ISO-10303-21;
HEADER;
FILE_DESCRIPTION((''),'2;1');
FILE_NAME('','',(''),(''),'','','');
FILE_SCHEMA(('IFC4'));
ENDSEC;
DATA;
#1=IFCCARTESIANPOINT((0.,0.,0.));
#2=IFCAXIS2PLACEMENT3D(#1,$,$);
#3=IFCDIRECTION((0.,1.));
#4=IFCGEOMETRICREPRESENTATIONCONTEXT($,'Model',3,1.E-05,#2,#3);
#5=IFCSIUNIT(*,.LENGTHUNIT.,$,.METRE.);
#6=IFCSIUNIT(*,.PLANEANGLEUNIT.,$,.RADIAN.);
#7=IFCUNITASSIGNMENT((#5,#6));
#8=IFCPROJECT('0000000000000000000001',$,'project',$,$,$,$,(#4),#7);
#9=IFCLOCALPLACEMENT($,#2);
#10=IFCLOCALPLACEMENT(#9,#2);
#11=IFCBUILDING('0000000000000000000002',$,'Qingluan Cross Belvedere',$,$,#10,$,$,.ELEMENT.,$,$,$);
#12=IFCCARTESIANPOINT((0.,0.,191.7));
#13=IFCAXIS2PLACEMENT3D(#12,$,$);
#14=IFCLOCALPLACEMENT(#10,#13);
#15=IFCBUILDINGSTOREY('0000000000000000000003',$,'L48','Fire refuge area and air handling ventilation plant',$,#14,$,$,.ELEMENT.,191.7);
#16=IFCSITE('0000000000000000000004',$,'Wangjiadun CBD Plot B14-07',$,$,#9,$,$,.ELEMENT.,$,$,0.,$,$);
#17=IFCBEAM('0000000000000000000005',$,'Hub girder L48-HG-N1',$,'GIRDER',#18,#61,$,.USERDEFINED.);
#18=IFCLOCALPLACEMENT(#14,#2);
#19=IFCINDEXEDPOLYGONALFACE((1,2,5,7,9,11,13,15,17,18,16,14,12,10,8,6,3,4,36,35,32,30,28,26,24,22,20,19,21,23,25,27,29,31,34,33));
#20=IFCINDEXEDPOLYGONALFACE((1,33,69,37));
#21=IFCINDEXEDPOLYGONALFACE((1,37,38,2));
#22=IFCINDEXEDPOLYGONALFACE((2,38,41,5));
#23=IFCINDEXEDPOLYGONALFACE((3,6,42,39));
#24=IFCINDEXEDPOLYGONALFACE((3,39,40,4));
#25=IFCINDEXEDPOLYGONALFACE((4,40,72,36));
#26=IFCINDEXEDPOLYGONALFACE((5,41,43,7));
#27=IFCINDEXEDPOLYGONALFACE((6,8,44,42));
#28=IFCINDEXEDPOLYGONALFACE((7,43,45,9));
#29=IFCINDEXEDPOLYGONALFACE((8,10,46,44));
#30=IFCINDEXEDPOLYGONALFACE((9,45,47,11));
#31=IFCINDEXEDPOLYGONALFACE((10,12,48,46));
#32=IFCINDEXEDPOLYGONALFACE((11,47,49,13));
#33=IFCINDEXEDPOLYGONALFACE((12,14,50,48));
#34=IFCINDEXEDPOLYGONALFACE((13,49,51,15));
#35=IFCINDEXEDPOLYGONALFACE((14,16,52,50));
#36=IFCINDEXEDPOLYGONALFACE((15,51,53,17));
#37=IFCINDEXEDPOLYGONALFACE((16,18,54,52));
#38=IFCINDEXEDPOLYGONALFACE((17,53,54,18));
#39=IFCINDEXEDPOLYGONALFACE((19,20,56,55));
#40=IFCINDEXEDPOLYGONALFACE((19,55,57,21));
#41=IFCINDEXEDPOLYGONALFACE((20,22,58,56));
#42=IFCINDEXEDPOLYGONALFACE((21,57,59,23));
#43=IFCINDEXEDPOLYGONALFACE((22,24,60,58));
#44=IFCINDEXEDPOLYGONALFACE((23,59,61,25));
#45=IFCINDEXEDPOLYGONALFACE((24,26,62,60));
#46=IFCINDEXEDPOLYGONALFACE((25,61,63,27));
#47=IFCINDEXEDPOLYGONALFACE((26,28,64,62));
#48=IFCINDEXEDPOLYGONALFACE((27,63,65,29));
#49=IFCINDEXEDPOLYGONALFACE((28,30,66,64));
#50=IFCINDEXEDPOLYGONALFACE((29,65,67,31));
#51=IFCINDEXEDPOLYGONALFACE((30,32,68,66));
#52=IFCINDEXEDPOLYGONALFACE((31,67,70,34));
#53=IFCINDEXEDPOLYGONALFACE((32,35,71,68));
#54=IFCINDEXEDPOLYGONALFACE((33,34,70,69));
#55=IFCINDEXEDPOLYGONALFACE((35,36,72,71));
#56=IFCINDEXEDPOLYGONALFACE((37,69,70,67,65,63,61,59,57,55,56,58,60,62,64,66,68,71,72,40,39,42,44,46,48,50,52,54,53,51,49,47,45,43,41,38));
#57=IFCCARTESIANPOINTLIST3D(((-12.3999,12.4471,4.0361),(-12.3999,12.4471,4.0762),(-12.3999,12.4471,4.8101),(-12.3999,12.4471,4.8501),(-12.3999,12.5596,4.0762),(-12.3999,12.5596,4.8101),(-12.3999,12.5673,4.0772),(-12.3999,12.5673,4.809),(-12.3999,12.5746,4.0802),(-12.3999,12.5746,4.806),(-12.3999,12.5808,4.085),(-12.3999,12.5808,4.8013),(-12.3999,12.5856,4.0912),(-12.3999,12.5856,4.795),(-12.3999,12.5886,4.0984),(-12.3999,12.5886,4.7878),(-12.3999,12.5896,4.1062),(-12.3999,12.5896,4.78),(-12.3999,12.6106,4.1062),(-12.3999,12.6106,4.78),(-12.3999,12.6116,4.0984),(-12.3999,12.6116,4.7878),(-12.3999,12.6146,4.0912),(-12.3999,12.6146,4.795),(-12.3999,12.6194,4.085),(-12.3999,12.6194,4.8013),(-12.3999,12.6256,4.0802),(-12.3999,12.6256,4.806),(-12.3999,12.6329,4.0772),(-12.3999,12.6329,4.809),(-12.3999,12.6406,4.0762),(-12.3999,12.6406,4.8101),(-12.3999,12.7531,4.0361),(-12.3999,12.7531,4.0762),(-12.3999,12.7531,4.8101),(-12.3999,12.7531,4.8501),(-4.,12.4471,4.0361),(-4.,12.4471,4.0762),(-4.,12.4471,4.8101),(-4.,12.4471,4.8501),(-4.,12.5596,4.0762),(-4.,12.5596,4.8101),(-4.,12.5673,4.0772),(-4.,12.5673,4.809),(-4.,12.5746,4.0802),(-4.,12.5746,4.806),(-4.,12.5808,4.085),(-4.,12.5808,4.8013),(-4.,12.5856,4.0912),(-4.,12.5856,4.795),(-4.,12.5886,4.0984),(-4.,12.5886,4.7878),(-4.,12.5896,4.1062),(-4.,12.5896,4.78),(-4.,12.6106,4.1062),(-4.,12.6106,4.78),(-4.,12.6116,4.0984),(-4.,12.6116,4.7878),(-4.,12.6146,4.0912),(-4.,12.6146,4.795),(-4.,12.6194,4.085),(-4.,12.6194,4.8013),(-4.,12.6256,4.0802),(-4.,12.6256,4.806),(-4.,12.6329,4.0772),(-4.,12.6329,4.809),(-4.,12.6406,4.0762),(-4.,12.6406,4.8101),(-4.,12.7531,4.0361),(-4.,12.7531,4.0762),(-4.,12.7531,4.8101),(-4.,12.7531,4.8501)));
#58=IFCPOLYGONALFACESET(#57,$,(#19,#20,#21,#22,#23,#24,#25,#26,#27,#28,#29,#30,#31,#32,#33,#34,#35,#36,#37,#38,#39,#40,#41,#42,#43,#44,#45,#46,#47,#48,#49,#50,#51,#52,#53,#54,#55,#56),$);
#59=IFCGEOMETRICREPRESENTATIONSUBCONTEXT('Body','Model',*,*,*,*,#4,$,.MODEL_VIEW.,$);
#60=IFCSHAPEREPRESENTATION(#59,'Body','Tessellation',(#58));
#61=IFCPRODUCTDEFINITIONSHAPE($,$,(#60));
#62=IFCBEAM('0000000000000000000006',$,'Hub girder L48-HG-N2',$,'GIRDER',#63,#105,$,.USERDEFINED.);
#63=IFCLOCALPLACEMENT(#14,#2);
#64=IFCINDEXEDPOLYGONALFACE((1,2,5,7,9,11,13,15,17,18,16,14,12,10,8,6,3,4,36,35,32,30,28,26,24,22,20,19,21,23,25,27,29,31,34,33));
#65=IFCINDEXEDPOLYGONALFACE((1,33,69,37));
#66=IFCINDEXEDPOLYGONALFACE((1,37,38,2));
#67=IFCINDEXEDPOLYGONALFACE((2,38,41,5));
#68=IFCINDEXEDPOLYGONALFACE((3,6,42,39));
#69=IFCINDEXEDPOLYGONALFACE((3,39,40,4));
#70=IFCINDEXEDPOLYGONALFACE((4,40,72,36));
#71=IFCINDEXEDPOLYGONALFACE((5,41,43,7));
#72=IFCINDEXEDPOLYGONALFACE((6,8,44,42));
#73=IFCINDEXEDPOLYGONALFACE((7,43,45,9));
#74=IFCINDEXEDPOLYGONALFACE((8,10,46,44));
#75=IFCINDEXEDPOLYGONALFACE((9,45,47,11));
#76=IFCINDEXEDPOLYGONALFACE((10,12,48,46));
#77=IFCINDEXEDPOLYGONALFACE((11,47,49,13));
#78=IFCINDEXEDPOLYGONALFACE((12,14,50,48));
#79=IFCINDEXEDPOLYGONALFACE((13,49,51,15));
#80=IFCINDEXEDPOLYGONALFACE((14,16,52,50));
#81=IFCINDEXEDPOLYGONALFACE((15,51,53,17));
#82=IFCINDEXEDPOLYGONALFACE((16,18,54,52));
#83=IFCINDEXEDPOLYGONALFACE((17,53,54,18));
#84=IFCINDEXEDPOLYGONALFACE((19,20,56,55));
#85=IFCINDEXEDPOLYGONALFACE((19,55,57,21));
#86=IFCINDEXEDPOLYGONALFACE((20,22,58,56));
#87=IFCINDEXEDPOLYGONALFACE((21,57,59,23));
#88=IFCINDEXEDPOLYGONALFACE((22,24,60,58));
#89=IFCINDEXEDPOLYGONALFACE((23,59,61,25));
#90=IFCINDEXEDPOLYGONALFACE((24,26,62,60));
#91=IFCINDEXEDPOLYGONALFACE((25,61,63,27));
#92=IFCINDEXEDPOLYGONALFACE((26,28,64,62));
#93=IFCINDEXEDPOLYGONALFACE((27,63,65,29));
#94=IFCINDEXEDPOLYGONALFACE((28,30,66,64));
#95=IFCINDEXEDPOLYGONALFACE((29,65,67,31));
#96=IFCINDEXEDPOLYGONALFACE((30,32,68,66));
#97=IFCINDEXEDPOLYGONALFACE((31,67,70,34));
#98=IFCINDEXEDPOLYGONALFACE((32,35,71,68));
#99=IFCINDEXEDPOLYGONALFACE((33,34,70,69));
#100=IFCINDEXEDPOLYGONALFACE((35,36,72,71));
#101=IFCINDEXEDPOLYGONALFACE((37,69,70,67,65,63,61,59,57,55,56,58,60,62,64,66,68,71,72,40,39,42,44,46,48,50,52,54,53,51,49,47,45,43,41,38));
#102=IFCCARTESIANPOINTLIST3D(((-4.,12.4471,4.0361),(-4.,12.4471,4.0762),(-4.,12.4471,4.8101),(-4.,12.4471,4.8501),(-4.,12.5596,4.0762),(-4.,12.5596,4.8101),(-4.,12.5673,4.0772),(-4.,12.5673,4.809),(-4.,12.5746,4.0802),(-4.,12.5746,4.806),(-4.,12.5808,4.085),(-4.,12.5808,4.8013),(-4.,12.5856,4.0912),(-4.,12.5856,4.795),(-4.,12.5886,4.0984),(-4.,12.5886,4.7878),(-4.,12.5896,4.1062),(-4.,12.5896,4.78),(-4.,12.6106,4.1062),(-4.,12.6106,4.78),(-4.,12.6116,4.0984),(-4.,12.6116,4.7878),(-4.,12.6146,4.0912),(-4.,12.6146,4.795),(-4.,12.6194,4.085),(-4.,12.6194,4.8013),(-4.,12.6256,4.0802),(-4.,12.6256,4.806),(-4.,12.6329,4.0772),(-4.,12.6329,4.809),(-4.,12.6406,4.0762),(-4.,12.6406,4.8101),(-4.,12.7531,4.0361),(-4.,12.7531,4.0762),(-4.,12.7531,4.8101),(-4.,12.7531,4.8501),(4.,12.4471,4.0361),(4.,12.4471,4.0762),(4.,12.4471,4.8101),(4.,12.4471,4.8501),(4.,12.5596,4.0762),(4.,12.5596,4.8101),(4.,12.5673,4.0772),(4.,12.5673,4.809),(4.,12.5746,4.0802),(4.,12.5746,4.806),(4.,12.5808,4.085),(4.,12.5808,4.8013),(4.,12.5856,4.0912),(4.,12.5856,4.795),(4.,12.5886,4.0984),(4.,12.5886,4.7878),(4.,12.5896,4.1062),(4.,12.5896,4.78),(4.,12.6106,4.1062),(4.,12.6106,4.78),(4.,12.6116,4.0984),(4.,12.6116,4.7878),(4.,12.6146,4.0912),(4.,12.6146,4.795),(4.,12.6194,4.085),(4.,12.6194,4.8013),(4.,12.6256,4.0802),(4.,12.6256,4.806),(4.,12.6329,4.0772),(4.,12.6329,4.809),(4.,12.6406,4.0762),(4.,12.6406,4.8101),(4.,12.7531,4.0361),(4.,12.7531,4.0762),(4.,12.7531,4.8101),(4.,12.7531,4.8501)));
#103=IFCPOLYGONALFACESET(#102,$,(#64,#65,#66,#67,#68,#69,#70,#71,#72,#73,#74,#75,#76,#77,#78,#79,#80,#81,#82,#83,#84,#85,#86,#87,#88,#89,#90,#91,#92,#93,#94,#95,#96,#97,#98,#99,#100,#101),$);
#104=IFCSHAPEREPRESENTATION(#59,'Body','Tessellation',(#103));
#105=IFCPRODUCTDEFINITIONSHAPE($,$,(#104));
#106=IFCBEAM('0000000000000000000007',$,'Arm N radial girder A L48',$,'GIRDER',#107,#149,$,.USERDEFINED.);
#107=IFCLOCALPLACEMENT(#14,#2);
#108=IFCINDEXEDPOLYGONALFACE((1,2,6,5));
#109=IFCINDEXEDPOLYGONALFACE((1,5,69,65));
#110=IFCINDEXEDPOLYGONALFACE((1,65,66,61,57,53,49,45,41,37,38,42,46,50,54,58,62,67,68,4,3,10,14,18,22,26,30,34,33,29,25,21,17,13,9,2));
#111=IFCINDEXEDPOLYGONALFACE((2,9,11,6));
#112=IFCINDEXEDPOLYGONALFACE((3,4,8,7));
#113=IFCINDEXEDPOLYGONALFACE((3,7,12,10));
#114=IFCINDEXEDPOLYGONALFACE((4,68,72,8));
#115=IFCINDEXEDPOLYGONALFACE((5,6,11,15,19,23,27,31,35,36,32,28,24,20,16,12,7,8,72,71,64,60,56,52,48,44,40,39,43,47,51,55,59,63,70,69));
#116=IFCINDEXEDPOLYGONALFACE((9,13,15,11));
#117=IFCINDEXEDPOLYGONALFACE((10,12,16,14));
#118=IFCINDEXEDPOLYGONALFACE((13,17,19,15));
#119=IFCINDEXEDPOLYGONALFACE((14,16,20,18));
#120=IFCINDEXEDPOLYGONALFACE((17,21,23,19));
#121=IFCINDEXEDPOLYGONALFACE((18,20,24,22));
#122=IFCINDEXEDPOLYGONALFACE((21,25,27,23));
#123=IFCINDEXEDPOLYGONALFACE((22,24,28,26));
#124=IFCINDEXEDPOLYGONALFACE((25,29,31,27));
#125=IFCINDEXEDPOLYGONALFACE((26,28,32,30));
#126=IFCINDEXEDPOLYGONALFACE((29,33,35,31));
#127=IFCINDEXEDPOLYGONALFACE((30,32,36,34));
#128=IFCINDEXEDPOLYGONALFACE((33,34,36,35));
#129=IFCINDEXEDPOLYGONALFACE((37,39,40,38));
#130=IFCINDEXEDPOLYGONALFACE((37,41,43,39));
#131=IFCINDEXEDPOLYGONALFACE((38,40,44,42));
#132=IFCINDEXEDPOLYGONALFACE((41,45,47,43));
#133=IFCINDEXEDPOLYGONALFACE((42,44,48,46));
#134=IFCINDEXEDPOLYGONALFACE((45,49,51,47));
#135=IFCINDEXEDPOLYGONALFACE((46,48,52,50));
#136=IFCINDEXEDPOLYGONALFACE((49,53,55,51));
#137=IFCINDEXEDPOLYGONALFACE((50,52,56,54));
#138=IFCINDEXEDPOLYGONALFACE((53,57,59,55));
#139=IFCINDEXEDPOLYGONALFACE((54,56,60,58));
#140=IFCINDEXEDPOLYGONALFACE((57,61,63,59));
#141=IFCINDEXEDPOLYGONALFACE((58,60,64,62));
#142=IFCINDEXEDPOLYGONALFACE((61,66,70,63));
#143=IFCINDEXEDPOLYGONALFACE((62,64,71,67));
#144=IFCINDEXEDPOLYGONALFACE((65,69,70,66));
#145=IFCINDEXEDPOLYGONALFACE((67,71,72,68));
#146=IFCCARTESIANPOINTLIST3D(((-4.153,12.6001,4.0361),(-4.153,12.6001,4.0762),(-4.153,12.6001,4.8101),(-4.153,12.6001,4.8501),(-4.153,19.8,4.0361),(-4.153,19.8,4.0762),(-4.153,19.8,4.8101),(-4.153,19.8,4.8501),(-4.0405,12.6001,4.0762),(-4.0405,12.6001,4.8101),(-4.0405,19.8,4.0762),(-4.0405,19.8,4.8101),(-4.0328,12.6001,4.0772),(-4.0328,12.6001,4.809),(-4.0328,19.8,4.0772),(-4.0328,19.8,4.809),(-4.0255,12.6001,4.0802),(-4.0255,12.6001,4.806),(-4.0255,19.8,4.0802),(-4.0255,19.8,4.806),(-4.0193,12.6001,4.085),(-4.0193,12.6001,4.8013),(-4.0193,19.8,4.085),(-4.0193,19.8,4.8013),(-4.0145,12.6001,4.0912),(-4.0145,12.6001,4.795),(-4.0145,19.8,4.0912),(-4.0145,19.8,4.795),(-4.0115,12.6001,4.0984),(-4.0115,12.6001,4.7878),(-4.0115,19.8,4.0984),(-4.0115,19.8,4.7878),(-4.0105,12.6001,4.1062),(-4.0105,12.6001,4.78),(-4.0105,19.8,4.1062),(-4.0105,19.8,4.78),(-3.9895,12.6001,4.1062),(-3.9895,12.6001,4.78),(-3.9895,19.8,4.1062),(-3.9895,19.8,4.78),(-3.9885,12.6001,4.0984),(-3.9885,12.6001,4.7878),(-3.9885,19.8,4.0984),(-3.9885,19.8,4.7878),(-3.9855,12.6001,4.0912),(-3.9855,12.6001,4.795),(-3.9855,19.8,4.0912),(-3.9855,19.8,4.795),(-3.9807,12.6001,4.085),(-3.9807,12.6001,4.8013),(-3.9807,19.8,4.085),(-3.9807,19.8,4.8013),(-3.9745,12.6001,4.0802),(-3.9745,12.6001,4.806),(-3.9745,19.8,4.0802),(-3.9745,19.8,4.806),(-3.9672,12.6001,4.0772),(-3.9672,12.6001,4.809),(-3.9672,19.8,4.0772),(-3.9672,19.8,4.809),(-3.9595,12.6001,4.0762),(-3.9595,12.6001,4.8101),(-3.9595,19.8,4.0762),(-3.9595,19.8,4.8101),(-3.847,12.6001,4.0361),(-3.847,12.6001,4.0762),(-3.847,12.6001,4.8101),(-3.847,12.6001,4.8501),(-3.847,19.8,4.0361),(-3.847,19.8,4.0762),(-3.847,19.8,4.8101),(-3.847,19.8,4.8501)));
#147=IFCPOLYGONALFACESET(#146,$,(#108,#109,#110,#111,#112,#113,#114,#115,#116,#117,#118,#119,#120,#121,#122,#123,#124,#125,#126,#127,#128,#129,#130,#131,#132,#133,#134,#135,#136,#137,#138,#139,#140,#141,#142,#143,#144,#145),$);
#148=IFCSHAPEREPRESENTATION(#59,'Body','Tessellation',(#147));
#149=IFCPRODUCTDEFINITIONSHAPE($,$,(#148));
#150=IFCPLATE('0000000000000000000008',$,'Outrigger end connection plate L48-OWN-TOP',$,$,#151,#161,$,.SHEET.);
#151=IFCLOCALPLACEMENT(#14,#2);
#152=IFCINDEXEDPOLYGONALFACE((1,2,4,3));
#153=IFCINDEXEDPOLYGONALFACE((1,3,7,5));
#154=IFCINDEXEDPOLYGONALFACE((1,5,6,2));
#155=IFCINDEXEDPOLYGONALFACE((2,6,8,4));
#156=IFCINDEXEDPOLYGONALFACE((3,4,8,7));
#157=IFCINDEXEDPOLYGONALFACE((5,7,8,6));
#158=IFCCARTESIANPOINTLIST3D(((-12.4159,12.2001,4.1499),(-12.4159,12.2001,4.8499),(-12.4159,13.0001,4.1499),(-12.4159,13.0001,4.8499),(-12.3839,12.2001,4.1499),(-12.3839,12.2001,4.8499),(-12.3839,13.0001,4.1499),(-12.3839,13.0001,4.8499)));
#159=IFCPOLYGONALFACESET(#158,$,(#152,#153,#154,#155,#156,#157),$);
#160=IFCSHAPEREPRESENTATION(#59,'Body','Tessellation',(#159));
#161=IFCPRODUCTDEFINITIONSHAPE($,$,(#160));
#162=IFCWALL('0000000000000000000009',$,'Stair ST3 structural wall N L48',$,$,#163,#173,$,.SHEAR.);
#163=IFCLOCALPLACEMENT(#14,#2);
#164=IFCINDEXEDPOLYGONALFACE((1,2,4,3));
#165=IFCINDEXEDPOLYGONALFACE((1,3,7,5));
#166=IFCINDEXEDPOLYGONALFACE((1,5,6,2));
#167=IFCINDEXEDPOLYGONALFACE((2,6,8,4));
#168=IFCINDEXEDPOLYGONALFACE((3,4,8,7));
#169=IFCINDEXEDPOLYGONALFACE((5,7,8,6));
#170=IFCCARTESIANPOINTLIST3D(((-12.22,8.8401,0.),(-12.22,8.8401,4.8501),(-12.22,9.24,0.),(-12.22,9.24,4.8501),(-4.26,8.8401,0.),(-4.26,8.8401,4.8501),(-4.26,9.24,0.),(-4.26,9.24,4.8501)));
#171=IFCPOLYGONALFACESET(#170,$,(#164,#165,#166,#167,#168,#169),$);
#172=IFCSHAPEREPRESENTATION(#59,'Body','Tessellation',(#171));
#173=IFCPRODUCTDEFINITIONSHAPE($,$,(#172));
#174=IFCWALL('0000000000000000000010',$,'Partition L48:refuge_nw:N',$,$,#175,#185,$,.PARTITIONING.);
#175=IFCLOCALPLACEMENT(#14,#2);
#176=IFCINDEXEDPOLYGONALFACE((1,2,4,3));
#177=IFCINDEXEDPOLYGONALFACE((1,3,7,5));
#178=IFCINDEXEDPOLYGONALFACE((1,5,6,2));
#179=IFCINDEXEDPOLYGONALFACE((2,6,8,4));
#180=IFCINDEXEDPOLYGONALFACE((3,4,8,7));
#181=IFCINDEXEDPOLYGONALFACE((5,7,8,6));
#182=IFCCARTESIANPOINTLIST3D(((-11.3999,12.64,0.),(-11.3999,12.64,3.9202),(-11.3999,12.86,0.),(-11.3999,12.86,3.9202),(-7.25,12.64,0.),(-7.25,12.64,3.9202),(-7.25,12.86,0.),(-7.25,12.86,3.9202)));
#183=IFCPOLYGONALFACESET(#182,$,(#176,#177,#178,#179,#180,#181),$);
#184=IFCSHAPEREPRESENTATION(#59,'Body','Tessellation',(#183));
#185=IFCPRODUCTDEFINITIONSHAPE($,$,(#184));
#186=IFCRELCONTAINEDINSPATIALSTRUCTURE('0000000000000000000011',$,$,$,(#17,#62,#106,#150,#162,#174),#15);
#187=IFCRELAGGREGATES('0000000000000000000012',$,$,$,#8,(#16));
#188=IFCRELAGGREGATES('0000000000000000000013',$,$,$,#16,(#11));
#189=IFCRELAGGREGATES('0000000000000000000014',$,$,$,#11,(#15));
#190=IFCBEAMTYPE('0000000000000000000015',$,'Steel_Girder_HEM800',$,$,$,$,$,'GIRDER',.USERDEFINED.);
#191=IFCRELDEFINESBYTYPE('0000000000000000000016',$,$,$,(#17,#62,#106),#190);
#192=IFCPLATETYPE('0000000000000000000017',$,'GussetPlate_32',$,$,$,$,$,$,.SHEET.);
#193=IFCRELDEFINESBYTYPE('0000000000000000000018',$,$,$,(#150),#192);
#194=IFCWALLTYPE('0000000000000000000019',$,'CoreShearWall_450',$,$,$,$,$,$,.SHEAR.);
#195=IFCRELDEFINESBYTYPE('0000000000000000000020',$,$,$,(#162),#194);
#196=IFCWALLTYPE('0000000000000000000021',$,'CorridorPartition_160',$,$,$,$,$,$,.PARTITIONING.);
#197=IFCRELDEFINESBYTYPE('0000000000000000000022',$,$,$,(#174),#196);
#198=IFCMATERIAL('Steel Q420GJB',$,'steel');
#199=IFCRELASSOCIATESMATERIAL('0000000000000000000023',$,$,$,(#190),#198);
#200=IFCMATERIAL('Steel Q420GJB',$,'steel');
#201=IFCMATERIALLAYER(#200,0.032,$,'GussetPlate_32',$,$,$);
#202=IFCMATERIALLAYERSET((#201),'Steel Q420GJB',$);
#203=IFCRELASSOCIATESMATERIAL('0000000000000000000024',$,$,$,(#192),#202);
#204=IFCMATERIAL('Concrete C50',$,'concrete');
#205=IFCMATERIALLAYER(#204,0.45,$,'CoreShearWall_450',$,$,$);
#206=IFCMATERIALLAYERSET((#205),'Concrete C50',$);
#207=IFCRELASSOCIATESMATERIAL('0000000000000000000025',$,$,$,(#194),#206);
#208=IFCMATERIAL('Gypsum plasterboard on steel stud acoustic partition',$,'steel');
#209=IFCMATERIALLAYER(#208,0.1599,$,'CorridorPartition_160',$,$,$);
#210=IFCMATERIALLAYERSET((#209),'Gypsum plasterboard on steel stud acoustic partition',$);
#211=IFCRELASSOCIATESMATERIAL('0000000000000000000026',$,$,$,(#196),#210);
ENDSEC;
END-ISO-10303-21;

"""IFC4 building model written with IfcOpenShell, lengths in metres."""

from ifc_helpers import new_model, si_unit, direction, frame, frame_2d, origin, origin_2d, place, context, subcontext, project, spatial, rectangle, i_section, extrude, material, layer, layer_set, material_profile, profile_set, type_object, element, save


model = new_model("IFC4")

# Units and contexts
model_context = context("Model", 3, precision=1e-05, world=origin(), true_north=direction((0.0, 1.0)))
body_context = subcontext(model_context, "Body", "Model", "MODEL_VIEW")
ifc_project = project(units=[si_unit("LENGTHUNIT", "METRE"), si_unit("PLANEANGLEUNIT", "RADIAN")], contexts=[model_context])

# Site, building, storey
site_placement = place(None, origin())
site = spatial("IfcSite", under=ifc_project, at=site_placement, Name="Wangjiadun CBD Plot B14-07", CompositionType="ELEMENT", RefElevation=0.0)
building_placement = place(site_placement, origin())
building = spatial("IfcBuilding", under=site, at=building_placement, Name="Qingluan Cross Belvedere", CompositionType="ELEMENT")
storey_placement = place(building_placement, frame((0.0, 0.0, 191.7)))
storey = spatial("IfcBuildingStorey", under=building, at=storey_placement, Name="L48", Description="Fire refuge area and air handling ventilation plant", CompositionType="ELEMENT", Elevation=191.7)

# Beams
ifc_material_1 = material(Name="Steel Q420GJB", Category="steel")
ifc_material_profile_1 = material_profile(ifc_material_1, i_section(OverallWidth=0.3059, OverallDepth=0.814, WebThickness=0.021, FlangeThickness=0.04, FilletRadius=0.03, at=origin_2d()), Name="HEM800")
ifc_profile_set_1 = profile_set([ifc_material_profile_1], Name="Steel Q420GJB")
beam_type_1 = type_object("IfcBeamType", Name="Steel_Girder_HEM800", ElementType="GIRDER", PredefinedType="USERDEFINED", material=ifc_profile_set_1)
beam_1_placement = place(storey_placement, frame((-12.3999, 12.6001, 4.4431), z_axis=(1.0, 0.0, 0.0), x_axis=(0.0, 1.0, 0.0)))
element("IfcBeam", 1, at=beam_1_placement, inside=storey, type_object=beam_type_1, Name="Hub girder L48-HG-N1", ObjectType="GIRDER", PredefinedType="USERDEFINED", context=body_context, shape_type="SweptSolid", body=[
    extrude(i_section(OverallWidth=0.3059, OverallDepth=0.814, WebThickness=0.021, FlangeThickness=0.04, FilletRadius=0.03, at=origin_2d()), origin(), (0.0, 0.0, 1.0), 8.3999),
])
beam_2_placement = place(storey_placement, frame((-4.0, 12.6001, 4.4431), z_axis=(1.0, 0.0, 0.0), x_axis=(0.0, 1.0, 0.0)))
element("IfcBeam", 2, at=beam_2_placement, inside=storey, type_object=beam_type_1, Name="Hub girder L48-HG-N2", ObjectType="GIRDER", PredefinedType="USERDEFINED", context=body_context, shape_type="SweptSolid", body=[
    extrude(i_section(OverallWidth=0.3059, OverallDepth=0.814, WebThickness=0.021, FlangeThickness=0.04, FilletRadius=0.03, at=origin_2d()), origin(), (0.0, 0.0, 1.0), 8.0),
])
beam_3_placement = place(storey_placement, frame((-4.0, 12.6001, 4.4431), z_axis=(0.0, 1.0, 0.0), x_axis=(-1.0, 0.0, 0.0)))
element("IfcBeam", 3, at=beam_3_placement, inside=storey, type_object=beam_type_1, Name="Arm N radial girder A L48", ObjectType="GIRDER", PredefinedType="USERDEFINED", context=body_context, shape_type="SweptSolid", body=[
    extrude(i_section(OverallWidth=0.3059, OverallDepth=0.814, WebThickness=0.021, FlangeThickness=0.04, FilletRadius=0.03, at=origin_2d()), origin(), (0.0, 0.0, 1.0), 7.2),
])

# Plate
ifc_material_2 = material(Name="Steel Q420GJB", Category="steel")
ifc_layer_1 = layer(ifc_material_2, 0.032, Name="GussetPlate_32")
ifc_layer_set_1 = layer_set([ifc_layer_1], Name="Steel Q420GJB")
plate_type = type_object("IfcPlateType", Name="GussetPlate_32", PredefinedType="SHEET", material=ifc_layer_set_1)
plate_placement = place(storey_placement, frame((-12.3999, 12.6001, 4.1499), z_axis=(0.0, 0.0, 1.0), x_axis=(0.0, 1.0, 0.0)))
element("IfcPlate", 4, at=plate_placement, inside=storey, type_object=plate_type, Name="Outrigger end connection plate L48-OWN-TOP", PredefinedType="SHEET", context=body_context, shape_type="SweptSolid", body=[
    extrude(rectangle(XDim=0.8, YDim=0.032, at=origin_2d()), origin(), (0.0, 0.0, 1.0), 0.7),
])

# Wall
ifc_material_3 = material(Name="Concrete C50", Category="concrete")
ifc_layer_2 = layer(ifc_material_3, 0.45, Name="CoreShearWall_450")
ifc_layer_set_2 = layer_set([ifc_layer_2], Name="Concrete C50")
wall_type_1 = type_object("IfcWallType", Name="CoreShearWall_450", PredefinedType="SHEAR", material=ifc_layer_set_2)
wall_1_placement = place(storey_placement, frame((-12.22, 9.04, 0.0), z_axis=(0.0, 0.0, 1.0), x_axis=(1.0, 0.0, 0.0)))
element("IfcWall", 5, at=wall_1_placement, inside=storey, type_object=wall_type_1, Name="Stair ST3 structural wall N L48", PredefinedType="SHEAR", context=body_context, shape_type="SweptSolid", body=[
    extrude(rectangle(XDim=7.96, YDim=0.3999, at=frame_2d((3.98, 0.0))), origin(), (0.0, 0.0, 1.0), 4.8501),
])

# Shared definitions
ifc_material_4 = material(Name="Gypsum plasterboard on steel stud acoustic partition", Category="steel")
ifc_layer_3 = layer(ifc_material_4, 0.1599, Name="CorridorPartition_160")
ifc_layer_set_3 = layer_set([ifc_layer_3], Name="Gypsum plasterboard on steel stud acoustic partition")
wall_type_2 = type_object("IfcWallType", Name="CorridorPartition_160", PredefinedType="PARTITIONING", material=ifc_layer_set_3)

# Wall
wall_2_placement = place(storey_placement, frame((-11.3999, 12.75, 0.0), z_axis=(0.0, 0.0, 1.0), x_axis=(1.0, 0.0, 0.0)))
element("IfcWall", 6, at=wall_2_placement, inside=storey, type_object=wall_type_2, Name="Partition L48:refuge_nw:N", PredefinedType="PARTITIONING", context=body_context, shape_type="SweptSolid", body=[
    extrude(rectangle(XDim=4.1499, YDim=0.22, at=frame_2d((2.075, 0.0))), origin(), (0.0, 0.0, 1.0), 3.9202),
])

save(model, "model.ifc")
